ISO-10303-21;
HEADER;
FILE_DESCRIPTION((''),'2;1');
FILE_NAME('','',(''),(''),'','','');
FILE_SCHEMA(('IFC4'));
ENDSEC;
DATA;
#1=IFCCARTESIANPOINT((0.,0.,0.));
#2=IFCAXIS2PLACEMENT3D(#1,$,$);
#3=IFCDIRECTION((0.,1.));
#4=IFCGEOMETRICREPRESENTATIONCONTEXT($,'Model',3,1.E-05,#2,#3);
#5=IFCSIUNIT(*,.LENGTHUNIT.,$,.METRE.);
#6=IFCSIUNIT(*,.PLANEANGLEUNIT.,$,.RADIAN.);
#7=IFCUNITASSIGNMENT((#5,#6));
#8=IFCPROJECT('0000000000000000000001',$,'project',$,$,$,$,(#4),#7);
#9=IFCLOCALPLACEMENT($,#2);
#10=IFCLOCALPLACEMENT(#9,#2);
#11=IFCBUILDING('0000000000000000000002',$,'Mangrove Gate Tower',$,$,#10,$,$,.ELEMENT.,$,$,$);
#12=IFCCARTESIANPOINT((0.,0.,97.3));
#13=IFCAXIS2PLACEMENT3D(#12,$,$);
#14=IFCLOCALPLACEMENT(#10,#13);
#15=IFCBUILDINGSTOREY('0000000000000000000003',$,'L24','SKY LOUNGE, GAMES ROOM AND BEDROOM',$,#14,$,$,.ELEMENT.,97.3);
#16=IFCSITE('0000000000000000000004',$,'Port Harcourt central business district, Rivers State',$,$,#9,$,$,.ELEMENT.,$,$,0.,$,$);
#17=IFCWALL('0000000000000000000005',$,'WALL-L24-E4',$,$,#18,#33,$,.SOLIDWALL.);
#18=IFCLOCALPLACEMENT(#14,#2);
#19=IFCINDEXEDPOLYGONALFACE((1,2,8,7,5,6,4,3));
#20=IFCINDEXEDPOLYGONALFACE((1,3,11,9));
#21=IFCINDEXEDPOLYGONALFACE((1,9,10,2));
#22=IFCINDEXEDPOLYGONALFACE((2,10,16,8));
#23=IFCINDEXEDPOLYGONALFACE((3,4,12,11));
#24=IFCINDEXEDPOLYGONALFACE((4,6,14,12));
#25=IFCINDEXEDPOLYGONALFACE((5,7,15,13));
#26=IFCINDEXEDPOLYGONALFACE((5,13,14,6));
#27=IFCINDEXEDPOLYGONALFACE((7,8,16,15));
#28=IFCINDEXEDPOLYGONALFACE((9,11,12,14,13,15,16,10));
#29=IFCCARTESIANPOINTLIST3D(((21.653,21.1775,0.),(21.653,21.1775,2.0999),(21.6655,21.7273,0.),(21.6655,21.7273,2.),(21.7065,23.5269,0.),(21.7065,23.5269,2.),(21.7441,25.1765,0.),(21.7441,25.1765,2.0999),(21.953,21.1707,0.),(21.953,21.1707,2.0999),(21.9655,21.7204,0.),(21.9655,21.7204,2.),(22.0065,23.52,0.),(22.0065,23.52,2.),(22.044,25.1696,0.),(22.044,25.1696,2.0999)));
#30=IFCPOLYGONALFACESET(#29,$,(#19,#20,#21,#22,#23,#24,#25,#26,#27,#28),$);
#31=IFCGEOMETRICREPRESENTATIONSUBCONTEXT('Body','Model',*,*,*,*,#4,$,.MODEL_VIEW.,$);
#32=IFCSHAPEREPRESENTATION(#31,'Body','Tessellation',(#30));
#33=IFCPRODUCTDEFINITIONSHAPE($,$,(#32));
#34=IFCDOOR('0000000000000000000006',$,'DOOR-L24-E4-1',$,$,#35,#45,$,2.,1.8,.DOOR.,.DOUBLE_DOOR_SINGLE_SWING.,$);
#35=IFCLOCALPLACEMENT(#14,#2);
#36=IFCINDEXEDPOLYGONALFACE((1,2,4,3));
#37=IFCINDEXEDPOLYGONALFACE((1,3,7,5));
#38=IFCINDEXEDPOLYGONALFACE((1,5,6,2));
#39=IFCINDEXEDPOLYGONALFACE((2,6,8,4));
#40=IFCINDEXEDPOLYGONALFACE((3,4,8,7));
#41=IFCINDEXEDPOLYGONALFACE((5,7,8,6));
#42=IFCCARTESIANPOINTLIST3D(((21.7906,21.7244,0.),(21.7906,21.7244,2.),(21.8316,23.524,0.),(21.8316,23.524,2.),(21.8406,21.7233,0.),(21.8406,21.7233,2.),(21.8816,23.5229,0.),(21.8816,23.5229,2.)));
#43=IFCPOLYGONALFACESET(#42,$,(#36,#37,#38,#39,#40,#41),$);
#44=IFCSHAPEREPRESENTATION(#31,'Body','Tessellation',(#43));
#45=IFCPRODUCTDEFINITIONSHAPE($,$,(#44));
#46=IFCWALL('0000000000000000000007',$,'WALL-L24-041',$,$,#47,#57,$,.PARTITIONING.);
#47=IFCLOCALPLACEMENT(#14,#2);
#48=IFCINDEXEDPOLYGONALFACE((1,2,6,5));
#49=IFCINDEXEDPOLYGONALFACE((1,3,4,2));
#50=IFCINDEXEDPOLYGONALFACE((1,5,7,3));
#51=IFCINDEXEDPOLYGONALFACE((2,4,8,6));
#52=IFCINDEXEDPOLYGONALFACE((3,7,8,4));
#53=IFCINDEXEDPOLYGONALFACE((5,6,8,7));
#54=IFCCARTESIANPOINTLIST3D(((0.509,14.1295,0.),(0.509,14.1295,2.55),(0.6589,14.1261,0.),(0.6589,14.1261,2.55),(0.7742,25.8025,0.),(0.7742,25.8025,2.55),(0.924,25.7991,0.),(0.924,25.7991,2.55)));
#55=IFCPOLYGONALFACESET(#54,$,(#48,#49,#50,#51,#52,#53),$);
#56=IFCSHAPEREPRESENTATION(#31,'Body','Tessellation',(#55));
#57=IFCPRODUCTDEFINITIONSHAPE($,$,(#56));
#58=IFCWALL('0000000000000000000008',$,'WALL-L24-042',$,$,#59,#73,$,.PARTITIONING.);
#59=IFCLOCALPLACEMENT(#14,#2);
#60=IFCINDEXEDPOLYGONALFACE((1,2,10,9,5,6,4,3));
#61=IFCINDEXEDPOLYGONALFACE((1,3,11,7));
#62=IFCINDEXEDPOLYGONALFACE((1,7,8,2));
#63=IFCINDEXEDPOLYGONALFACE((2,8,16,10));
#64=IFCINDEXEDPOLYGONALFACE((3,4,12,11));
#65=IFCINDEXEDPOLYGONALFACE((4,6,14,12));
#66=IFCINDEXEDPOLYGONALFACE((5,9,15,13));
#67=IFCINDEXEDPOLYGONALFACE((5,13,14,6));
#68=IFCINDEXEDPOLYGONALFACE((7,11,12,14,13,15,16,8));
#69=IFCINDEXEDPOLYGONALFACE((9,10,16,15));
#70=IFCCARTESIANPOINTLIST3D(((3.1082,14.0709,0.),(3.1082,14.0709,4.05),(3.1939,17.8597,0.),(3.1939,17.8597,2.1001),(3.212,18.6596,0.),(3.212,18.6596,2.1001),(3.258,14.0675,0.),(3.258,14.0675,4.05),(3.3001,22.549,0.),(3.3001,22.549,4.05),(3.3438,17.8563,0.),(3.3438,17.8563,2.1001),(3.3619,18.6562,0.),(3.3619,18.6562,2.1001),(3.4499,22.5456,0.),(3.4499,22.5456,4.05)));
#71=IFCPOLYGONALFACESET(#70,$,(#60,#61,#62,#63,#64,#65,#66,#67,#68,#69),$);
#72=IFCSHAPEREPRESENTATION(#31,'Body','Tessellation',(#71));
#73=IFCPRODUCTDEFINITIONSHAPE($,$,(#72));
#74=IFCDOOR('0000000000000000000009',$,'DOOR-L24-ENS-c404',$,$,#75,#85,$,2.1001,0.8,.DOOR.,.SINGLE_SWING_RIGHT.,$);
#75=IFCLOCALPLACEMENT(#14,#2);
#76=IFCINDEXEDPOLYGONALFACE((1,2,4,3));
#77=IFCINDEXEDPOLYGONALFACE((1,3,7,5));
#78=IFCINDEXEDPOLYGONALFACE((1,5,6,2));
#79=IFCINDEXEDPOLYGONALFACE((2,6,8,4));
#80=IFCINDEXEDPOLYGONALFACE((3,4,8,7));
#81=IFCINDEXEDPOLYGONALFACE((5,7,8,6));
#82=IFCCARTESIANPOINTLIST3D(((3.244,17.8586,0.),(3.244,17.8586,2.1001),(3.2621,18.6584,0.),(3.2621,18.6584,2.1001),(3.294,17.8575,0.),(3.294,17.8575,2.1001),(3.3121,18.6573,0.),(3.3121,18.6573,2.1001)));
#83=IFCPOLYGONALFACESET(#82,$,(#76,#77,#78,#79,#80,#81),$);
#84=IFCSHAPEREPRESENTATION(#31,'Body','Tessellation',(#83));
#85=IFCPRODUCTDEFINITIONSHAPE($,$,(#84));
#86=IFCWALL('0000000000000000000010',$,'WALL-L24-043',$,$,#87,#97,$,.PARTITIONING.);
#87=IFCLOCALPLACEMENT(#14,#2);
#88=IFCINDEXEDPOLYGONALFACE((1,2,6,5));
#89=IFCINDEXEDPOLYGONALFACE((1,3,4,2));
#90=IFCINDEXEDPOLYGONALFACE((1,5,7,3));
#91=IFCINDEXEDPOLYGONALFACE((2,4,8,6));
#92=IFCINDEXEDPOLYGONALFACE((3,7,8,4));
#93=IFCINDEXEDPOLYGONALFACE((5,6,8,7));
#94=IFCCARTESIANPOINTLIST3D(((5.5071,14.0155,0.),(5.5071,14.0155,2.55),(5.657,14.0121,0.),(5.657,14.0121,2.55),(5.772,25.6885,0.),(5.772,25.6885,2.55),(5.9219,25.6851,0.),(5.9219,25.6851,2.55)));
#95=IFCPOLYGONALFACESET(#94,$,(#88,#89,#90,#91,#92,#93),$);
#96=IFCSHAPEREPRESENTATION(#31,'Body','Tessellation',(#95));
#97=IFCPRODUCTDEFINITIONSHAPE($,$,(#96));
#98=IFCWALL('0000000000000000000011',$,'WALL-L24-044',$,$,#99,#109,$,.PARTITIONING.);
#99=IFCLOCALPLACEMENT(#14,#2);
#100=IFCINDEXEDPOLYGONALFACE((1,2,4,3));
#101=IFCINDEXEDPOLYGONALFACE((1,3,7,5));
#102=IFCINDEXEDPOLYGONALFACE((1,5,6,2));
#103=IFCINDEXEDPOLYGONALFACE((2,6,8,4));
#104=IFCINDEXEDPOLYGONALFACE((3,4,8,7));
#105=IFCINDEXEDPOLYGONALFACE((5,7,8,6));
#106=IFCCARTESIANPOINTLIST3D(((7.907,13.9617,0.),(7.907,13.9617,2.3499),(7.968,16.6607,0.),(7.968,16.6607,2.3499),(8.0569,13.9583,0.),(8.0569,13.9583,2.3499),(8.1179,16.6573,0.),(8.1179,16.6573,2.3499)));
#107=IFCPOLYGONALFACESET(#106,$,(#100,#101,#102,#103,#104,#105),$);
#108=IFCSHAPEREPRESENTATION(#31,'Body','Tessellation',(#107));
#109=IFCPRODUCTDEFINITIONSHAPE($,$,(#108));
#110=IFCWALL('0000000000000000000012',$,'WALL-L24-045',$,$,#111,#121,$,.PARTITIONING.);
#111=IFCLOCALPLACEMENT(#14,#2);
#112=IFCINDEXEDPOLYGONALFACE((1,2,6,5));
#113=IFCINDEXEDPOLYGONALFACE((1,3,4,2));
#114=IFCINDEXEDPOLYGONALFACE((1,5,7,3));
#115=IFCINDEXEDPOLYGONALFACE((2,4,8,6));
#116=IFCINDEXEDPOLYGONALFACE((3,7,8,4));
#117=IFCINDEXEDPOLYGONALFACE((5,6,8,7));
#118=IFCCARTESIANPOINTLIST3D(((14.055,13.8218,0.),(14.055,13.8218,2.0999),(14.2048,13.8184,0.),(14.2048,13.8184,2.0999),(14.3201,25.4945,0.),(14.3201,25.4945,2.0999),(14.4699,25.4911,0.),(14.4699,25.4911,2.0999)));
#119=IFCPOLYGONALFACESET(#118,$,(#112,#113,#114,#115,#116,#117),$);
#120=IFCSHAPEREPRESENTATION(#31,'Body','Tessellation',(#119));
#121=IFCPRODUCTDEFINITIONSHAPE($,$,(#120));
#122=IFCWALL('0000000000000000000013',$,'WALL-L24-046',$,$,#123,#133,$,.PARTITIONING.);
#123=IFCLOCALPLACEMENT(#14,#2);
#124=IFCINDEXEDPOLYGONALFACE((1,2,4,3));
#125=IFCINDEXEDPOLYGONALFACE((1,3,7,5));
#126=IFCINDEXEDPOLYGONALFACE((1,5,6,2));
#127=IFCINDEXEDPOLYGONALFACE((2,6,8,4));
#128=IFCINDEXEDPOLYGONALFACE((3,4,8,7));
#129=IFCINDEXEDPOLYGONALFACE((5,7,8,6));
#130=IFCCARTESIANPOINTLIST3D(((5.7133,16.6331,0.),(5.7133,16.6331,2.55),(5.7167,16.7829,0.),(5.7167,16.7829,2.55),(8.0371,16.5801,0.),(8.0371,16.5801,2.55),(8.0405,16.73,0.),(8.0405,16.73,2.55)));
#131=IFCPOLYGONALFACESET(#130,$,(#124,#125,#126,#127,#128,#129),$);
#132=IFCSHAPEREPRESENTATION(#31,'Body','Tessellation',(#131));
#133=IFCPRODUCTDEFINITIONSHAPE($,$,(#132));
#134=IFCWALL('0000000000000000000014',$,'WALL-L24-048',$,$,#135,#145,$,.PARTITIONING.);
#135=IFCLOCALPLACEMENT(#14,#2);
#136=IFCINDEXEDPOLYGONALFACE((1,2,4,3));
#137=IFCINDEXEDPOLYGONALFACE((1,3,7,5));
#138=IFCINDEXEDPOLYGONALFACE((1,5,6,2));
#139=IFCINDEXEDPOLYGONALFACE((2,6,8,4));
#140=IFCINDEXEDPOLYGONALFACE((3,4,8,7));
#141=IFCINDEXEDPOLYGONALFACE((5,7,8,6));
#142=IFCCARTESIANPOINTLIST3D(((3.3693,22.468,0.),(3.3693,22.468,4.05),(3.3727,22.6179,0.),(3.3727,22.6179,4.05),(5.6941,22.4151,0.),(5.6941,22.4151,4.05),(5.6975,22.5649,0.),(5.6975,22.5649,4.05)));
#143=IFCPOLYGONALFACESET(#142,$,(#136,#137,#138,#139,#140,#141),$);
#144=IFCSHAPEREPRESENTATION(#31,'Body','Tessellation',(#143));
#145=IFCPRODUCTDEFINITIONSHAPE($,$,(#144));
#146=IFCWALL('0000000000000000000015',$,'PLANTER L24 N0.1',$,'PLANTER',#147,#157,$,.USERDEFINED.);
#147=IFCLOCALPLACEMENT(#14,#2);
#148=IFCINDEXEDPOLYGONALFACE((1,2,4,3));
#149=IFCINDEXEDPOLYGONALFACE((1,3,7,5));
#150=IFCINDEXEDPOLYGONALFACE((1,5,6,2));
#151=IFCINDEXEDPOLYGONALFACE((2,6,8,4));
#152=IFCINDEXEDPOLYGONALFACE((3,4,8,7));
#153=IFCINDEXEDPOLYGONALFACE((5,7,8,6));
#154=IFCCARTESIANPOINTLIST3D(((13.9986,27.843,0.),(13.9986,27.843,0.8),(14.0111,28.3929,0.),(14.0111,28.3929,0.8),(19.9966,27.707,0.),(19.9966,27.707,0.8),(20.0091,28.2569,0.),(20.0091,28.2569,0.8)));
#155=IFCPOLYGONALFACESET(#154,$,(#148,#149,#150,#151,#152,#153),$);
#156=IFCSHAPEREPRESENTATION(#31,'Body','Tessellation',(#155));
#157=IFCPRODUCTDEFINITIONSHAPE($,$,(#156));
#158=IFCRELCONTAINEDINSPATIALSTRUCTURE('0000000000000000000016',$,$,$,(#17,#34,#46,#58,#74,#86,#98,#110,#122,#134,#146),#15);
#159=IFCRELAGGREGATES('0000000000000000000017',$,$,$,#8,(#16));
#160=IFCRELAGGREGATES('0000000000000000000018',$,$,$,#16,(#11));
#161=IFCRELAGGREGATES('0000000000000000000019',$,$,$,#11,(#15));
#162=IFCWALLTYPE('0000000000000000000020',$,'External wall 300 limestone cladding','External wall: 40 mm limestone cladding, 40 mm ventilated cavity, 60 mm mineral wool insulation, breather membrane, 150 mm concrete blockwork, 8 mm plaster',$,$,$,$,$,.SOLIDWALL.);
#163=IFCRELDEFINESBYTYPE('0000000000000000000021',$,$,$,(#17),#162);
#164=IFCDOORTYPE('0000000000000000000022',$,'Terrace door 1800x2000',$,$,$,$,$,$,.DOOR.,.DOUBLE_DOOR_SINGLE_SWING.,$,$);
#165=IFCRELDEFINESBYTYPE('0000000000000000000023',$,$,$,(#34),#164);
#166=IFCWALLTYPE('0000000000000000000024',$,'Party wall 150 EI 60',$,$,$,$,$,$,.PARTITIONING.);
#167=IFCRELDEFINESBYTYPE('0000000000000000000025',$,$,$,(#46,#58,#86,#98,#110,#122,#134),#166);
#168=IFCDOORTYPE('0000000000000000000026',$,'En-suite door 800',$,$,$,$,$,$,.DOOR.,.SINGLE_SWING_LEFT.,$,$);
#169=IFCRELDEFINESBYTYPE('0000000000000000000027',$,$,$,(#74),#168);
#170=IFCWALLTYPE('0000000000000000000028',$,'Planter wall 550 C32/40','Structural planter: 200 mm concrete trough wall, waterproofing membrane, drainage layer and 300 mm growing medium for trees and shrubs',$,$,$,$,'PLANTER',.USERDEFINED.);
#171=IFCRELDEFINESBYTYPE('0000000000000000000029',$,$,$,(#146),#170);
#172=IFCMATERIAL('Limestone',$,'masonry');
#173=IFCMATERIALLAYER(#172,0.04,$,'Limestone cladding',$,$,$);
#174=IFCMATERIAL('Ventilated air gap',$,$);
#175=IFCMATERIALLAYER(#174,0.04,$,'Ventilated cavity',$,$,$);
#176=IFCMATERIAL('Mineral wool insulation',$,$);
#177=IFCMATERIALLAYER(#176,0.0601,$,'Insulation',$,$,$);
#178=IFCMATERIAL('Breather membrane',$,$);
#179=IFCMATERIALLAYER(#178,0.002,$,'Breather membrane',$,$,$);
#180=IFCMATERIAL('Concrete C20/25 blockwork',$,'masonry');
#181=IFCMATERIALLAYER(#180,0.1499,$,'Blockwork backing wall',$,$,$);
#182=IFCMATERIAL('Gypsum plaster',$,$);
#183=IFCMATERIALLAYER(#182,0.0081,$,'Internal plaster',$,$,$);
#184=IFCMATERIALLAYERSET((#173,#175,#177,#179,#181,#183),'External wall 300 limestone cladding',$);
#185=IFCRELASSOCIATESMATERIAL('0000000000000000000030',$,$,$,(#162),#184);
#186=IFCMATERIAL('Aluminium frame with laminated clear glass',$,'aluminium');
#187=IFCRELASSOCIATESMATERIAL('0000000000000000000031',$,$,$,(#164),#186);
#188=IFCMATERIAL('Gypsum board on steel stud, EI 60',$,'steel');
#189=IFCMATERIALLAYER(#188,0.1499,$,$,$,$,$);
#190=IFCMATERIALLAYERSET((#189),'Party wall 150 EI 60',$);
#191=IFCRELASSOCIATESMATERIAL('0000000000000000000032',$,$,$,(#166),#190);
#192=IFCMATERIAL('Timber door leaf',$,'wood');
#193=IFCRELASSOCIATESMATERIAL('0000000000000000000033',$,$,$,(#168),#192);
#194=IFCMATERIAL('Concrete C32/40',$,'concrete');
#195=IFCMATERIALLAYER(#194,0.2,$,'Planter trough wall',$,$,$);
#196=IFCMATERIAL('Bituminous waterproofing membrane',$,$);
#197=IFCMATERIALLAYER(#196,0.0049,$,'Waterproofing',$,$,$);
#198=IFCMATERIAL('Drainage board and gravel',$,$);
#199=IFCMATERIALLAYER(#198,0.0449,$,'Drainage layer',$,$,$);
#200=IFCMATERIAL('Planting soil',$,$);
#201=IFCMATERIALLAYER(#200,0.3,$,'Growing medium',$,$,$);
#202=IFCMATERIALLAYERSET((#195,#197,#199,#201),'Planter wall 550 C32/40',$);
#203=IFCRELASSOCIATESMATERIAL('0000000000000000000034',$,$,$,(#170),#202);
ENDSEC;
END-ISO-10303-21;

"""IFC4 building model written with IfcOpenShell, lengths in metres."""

from ifc_helpers import new_model, si_unit, direction, frame, frame_2d, origin, place, context, subcontext, project, spatial, rectangle, extrude, material, layer, layer_set, type_object, element, fill, save


model = new_model("IFC4")

# Units and contexts
model_context = context("Model", 3, precision=1e-05, world=origin(), true_north=direction((0.0, 1.0)))
body_context = subcontext(model_context, "Body", "Model", "MODEL_VIEW")
ifc_project = project(units=[si_unit("LENGTHUNIT", "METRE"), si_unit("PLANEANGLEUNIT", "RADIAN")], contexts=[model_context])

# Site, building, storey
site_placement = place(None, origin())
site = spatial("IfcSite", under=ifc_project, at=site_placement, Name="Port Harcourt central business district, Rivers State", CompositionType="ELEMENT", RefElevation=0.0)
building_placement = place(site_placement, origin())
building = spatial("IfcBuilding", under=site, at=building_placement, Name="Mangrove Gate Tower", CompositionType="ELEMENT")
storey_placement = place(building_placement, frame((0.0, 0.0, 97.3)))
storey = spatial("IfcBuildingStorey", under=building, at=storey_placement, Name="L24", Description="SKY LOUNGE, GAMES ROOM AND BEDROOM", CompositionType="ELEMENT", Elevation=97.3)

# Wall, opening, door
ifc_material_1 = material(Name="Limestone", Category="masonry")
ifc_layer_1 = layer(ifc_material_1, 0.04, Name="Limestone cladding")
ifc_material_2 = material(Name="Ventilated air gap")
ifc_layer_2 = layer(ifc_material_2, 0.04, Name="Ventilated cavity")
ifc_material_3 = material(Name="Mineral wool insulation")
ifc_layer_3 = layer(ifc_material_3, 0.0601, Name="Insulation")
ifc_material_4 = material(Name="Breather membrane")
ifc_layer_4 = layer(ifc_material_4, 0.002, Name="Breather membrane")
ifc_material_5 = material(Name="Concrete C20/25 blockwork", Category="masonry")
ifc_layer_5 = layer(ifc_material_5, 0.1499, Name="Blockwork backing wall")
ifc_material_6 = material(Name="Gypsum plaster")
ifc_layer_6 = layer(ifc_material_6, 0.0081, Name="Internal plaster")
ifc_layer_set_1 = layer_set([ifc_layer_1, ifc_layer_2, ifc_layer_3, ifc_layer_4, ifc_layer_5, ifc_layer_6], Name="External wall 300 limestone cladding")
wall_type_1 = type_object("IfcWallType", Name="External wall 300 limestone cladding", Description="External wall: 40 mm limestone cladding, 40 mm ventilated cavity, 60 mm mineral wool insulation, breather membrane, 150 mm concrete blockwork, 8 mm plaster", PredefinedType="SOLIDWALL", material=ifc_layer_set_1)
wall_1_placement = place(storey_placement, frame((21.803, 21.1741, 0.0), z_axis=(0.0, 0.0, 1.0), x_axis=(0.022766, 0.999741, 0.0)))
wall_1 = element("IfcWall", 1, at=wall_1_placement, inside=storey, type_object=wall_type_1, Name="WALL-L24-E4", PredefinedType="SOLIDWALL", context=body_context, shape_type="SweptSolid", body=[
    extrude(rectangle(XDim=4.0, YDim=0.3, at=frame_2d((2.0, 0.0))), origin(), (0.0, 0.0, 1.0), 2.0999),
])
opening_1_placement = place(wall_1_placement, frame((0.55, 0.0, 0.0)))
opening_1 = element("IfcOpeningElement", 2, at=opening_1_placement, cuts=wall_1, PredefinedType="OPENING", context=body_context, shape_type="SweptSolid", body=[
    extrude(rectangle(XDim=1.8, YDim=2.0, at=frame_2d((0.8999, 1.0))), frame((0.0, 0.1599, 0.0), z_axis=(0.0, -1.0, 0.0), x_axis=(1.0, 0.0, 0.0)), (0.0, 0.0, 1.0), 0.3201),
])
ifc_material_7 = material(Name="Aluminium frame with laminated clear glass", Category="aluminium")
door_type_1 = type_object("IfcDoorType", Name="Terrace door 1800x2000", OperationType="DOUBLE_DOOR_SINGLE_SWING", PredefinedType="DOOR", material=ifc_material_7)
door_1_placement = place(opening_1_placement, origin())
door_1 = element("IfcDoor", 3, at=door_1_placement, inside=storey, type_object=door_type_1, Name="DOOR-L24-E4-1", OperationType="DOUBLE_DOOR_SINGLE_SWING", OverallHeight=2.0, OverallWidth=1.8, PredefinedType="DOOR", context=body_context, shape_type="SweptSolid", body=[
    extrude(rectangle(XDim=1.8, YDim=2.0, at=frame_2d((0.8999, 1.0))), frame((0.0, 0.0249, 0.0), z_axis=(0.0, -1.0, 0.0), x_axis=(1.0, 0.0, 0.0)), (0.0, 0.0, 1.0), 0.05),
])
fill(opening_1, door_1)

# Wall
ifc_material_8 = material(Name="Gypsum board on steel stud, EI 60", Category="steel")
ifc_layer_7 = layer(ifc_material_8, 0.1499)
ifc_layer_set_2 = layer_set([ifc_layer_7], Name="Party wall 150 EI 60")
wall_type_2 = type_object("IfcWallType", Name="Party wall 150 EI 60", PredefinedType="PARTITIONING", material=ifc_layer_set_2)
wall_2_placement = place(storey_placement, frame((0.584, 14.1279, 0.0), z_axis=(0.0, 0.0, 1.0), x_axis=(0.022708, 0.999742, 0.0)))
element("IfcWall", 4, at=wall_2_placement, inside=storey, type_object=wall_type_2, Name="WALL-L24-041", PredefinedType="PARTITIONING", context=body_context, shape_type="SweptSolid", body=[
    extrude(rectangle(XDim=11.676, YDim=0.1499, at=frame_2d((5.8379, 0.0))), origin(), (0.0, 0.0, 1.0), 2.55),
])

# Wall, opening, door
wall_3_placement = place(storey_placement, frame((3.1831, 14.0691, 0.0), z_axis=(0.0, 0.0, 1.0), x_axis=(0.022629, 0.999744, 0.0)))
wall_3 = element("IfcWall", 5, at=wall_3_placement, inside=storey, type_object=wall_type_2, Name="WALL-L24-042", PredefinedType="PARTITIONING", context=body_context, shape_type="SweptSolid", body=[
    extrude(rectangle(XDim=8.4802, YDim=0.1499, at=frame_2d((4.2402, 0.0))), origin(), (0.0, 0.0, 1.0), 4.05),
])
opening_2_placement = place(wall_3_placement, frame((3.79, 0.0, 0.0)))
opening_2 = element("IfcOpeningElement", 6, at=opening_2_placement, cuts=wall_3, PredefinedType="OPENING", context=body_context, shape_type="SweptSolid", body=[
    extrude(rectangle(XDim=0.8, YDim=2.1001, at=frame_2d((0.3999, 1.05))), frame((0.0, 0.085, 0.0), z_axis=(0.0, -1.0, 0.0), x_axis=(1.0, 0.0, 0.0)), (0.0, 0.0, 1.0), 0.1699),
])
ifc_material_9 = material(Name="Timber door leaf", Category="wood")
door_type_2 = type_object("IfcDoorType", Name="En-suite door 800", OperationType="SINGLE_SWING_LEFT", PredefinedType="DOOR", material=ifc_material_9)
door_2_placement = place(opening_2_placement, origin())
door_2 = element("IfcDoor", 7, at=door_2_placement, inside=storey, type_object=door_type_2, Name="DOOR-L24-ENS-c404", OperationType="SINGLE_SWING_RIGHT", OverallHeight=2.1001, OverallWidth=0.8, PredefinedType="DOOR", context=body_context, shape_type="SweptSolid", body=[
    extrude(rectangle(XDim=0.8, YDim=2.1001, at=frame_2d((0.3999, 1.05))), frame((0.0, 0.0249, 0.0), z_axis=(0.0, -1.0, 0.0), x_axis=(1.0, 0.0, 0.0)), (0.0, 0.0, 1.0), 0.05),
])
fill(opening_2, door_2)

# Walls
wall_4_placement = place(storey_placement, frame((5.582, 14.0139, 0.0), z_axis=(0.0, 0.0, 1.0), x_axis=(0.022687, 0.999743, 0.0)))
element("IfcWall", 8, at=wall_4_placement, inside=storey, type_object=wall_type_2, Name="WALL-L24-043", PredefinedType="PARTITIONING", context=body_context, shape_type="SweptSolid", body=[
    extrude(rectangle(XDim=11.676, YDim=0.1499, at=frame_2d((5.8379, 0.0))), origin(), (0.0, 0.0, 1.0), 2.55),
])
wall_5_placement = place(storey_placement, frame((7.9819, 13.96, 0.0), z_axis=(0.0, 0.0, 1.0), x_axis=(0.022608, 0.999744, 0.0)))
element("IfcWall", 9, at=wall_5_placement, inside=storey, type_object=wall_type_2, Name="WALL-L24-044", PredefinedType="PARTITIONING", context=body_context, shape_type="SweptSolid", body=[
    extrude(rectangle(XDim=2.6997, YDim=0.1499, at=frame_2d((1.3499, 0.0))), origin(), (0.0, 0.0, 1.0), 2.3499),
])
wall_6_placement = place(storey_placement, frame((14.1299, 13.8201, 0.0), z_axis=(0.0, 0.0, 1.0), x_axis=(0.022708, 0.999742, 0.0)))
element("IfcWall", 10, at=wall_6_placement, inside=storey, type_object=wall_type_2, Name="WALL-L24-045", PredefinedType="PARTITIONING", context=body_context, shape_type="SweptSolid", body=[
    extrude(rectangle(XDim=11.6758, YDim=0.1499, at=frame_2d((5.8379, 0.0))), origin(), (0.0, 0.0, 1.0), 2.0999),
])
wall_7_placement = place(storey_placement, frame((5.7151, 16.708, 0.0), z_axis=(0.0, 0.0, 1.0), x_axis=(0.99974, -0.022791, 0.0)))
element("IfcWall", 11, at=wall_7_placement, inside=storey, type_object=wall_type_2, Name="WALL-L24-046", PredefinedType="PARTITIONING", context=body_context, shape_type="SweptSolid", body=[
    extrude(rectangle(XDim=2.3245, YDim=0.1499, at=frame_2d((1.1621, 0.0))), origin(), (0.0, 0.0, 1.0), 2.55),
])
wall_8_placement = place(storey_placement, frame((3.3711, 22.543, 0.0), z_axis=(0.0, 0.0, 1.0), x_axis=(0.99974, -0.022781, 0.0)))
element("IfcWall", 12, at=wall_8_placement, inside=storey, type_object=wall_type_2, Name="WALL-L24-048", PredefinedType="PARTITIONING", context=body_context, shape_type="SweptSolid", body=[
    extrude(rectangle(XDim=2.3254, YDim=0.1499, at=frame_2d((1.1626, 0.0))), origin(), (0.0, 0.0, 1.0), 4.05),
])
ifc_material_10 = material(Name="Concrete C32/40", Category="concrete")
ifc_layer_8 = layer(ifc_material_10, 0.2, Name="Planter trough wall")
ifc_material_11 = material(Name="Bituminous waterproofing membrane")
ifc_layer_9 = layer(ifc_material_11, 0.0049, Name="Waterproofing")
ifc_material_12 = material(Name="Drainage board and gravel")
ifc_layer_10 = layer(ifc_material_12, 0.0449, Name="Drainage layer")
ifc_material_13 = material(Name="Planting soil")
ifc_layer_11 = layer(ifc_material_13, 0.3, Name="Growing medium")
ifc_layer_set_3 = layer_set([ifc_layer_8, ifc_layer_9, ifc_layer_10, ifc_layer_11], Name="Planter wall 550 C32/40")
wall_type_3 = type_object("IfcWallType", Name="Planter wall 550 C32/40", Description="Structural planter: 200 mm concrete trough wall, waterproofing membrane, drainage layer and 300 mm growing medium for trees and shrubs", ElementType="PLANTER", PredefinedType="USERDEFINED", material=ifc_layer_set_3)
wall_9_placement = place(storey_placement, frame((14.0049, 28.1179, 0.0), z_axis=(0.0, 0.0, 1.0), x_axis=(0.999743, -0.022666, 0.0)))
element("IfcWall", 13, at=wall_9_placement, inside=storey, type_object=wall_type_3, Name="PLANTER L24 N0.1", ObjectType="PLANTER", PredefinedType="USERDEFINED", context=body_context, shape_type="SweptSolid", body=[
    extrude(rectangle(XDim=5.9995, YDim=0.55, at=frame_2d((2.9998, 0.0))), origin(), (0.0, 0.0, 1.0), 0.8),
])

save(model, "model.ifc")
